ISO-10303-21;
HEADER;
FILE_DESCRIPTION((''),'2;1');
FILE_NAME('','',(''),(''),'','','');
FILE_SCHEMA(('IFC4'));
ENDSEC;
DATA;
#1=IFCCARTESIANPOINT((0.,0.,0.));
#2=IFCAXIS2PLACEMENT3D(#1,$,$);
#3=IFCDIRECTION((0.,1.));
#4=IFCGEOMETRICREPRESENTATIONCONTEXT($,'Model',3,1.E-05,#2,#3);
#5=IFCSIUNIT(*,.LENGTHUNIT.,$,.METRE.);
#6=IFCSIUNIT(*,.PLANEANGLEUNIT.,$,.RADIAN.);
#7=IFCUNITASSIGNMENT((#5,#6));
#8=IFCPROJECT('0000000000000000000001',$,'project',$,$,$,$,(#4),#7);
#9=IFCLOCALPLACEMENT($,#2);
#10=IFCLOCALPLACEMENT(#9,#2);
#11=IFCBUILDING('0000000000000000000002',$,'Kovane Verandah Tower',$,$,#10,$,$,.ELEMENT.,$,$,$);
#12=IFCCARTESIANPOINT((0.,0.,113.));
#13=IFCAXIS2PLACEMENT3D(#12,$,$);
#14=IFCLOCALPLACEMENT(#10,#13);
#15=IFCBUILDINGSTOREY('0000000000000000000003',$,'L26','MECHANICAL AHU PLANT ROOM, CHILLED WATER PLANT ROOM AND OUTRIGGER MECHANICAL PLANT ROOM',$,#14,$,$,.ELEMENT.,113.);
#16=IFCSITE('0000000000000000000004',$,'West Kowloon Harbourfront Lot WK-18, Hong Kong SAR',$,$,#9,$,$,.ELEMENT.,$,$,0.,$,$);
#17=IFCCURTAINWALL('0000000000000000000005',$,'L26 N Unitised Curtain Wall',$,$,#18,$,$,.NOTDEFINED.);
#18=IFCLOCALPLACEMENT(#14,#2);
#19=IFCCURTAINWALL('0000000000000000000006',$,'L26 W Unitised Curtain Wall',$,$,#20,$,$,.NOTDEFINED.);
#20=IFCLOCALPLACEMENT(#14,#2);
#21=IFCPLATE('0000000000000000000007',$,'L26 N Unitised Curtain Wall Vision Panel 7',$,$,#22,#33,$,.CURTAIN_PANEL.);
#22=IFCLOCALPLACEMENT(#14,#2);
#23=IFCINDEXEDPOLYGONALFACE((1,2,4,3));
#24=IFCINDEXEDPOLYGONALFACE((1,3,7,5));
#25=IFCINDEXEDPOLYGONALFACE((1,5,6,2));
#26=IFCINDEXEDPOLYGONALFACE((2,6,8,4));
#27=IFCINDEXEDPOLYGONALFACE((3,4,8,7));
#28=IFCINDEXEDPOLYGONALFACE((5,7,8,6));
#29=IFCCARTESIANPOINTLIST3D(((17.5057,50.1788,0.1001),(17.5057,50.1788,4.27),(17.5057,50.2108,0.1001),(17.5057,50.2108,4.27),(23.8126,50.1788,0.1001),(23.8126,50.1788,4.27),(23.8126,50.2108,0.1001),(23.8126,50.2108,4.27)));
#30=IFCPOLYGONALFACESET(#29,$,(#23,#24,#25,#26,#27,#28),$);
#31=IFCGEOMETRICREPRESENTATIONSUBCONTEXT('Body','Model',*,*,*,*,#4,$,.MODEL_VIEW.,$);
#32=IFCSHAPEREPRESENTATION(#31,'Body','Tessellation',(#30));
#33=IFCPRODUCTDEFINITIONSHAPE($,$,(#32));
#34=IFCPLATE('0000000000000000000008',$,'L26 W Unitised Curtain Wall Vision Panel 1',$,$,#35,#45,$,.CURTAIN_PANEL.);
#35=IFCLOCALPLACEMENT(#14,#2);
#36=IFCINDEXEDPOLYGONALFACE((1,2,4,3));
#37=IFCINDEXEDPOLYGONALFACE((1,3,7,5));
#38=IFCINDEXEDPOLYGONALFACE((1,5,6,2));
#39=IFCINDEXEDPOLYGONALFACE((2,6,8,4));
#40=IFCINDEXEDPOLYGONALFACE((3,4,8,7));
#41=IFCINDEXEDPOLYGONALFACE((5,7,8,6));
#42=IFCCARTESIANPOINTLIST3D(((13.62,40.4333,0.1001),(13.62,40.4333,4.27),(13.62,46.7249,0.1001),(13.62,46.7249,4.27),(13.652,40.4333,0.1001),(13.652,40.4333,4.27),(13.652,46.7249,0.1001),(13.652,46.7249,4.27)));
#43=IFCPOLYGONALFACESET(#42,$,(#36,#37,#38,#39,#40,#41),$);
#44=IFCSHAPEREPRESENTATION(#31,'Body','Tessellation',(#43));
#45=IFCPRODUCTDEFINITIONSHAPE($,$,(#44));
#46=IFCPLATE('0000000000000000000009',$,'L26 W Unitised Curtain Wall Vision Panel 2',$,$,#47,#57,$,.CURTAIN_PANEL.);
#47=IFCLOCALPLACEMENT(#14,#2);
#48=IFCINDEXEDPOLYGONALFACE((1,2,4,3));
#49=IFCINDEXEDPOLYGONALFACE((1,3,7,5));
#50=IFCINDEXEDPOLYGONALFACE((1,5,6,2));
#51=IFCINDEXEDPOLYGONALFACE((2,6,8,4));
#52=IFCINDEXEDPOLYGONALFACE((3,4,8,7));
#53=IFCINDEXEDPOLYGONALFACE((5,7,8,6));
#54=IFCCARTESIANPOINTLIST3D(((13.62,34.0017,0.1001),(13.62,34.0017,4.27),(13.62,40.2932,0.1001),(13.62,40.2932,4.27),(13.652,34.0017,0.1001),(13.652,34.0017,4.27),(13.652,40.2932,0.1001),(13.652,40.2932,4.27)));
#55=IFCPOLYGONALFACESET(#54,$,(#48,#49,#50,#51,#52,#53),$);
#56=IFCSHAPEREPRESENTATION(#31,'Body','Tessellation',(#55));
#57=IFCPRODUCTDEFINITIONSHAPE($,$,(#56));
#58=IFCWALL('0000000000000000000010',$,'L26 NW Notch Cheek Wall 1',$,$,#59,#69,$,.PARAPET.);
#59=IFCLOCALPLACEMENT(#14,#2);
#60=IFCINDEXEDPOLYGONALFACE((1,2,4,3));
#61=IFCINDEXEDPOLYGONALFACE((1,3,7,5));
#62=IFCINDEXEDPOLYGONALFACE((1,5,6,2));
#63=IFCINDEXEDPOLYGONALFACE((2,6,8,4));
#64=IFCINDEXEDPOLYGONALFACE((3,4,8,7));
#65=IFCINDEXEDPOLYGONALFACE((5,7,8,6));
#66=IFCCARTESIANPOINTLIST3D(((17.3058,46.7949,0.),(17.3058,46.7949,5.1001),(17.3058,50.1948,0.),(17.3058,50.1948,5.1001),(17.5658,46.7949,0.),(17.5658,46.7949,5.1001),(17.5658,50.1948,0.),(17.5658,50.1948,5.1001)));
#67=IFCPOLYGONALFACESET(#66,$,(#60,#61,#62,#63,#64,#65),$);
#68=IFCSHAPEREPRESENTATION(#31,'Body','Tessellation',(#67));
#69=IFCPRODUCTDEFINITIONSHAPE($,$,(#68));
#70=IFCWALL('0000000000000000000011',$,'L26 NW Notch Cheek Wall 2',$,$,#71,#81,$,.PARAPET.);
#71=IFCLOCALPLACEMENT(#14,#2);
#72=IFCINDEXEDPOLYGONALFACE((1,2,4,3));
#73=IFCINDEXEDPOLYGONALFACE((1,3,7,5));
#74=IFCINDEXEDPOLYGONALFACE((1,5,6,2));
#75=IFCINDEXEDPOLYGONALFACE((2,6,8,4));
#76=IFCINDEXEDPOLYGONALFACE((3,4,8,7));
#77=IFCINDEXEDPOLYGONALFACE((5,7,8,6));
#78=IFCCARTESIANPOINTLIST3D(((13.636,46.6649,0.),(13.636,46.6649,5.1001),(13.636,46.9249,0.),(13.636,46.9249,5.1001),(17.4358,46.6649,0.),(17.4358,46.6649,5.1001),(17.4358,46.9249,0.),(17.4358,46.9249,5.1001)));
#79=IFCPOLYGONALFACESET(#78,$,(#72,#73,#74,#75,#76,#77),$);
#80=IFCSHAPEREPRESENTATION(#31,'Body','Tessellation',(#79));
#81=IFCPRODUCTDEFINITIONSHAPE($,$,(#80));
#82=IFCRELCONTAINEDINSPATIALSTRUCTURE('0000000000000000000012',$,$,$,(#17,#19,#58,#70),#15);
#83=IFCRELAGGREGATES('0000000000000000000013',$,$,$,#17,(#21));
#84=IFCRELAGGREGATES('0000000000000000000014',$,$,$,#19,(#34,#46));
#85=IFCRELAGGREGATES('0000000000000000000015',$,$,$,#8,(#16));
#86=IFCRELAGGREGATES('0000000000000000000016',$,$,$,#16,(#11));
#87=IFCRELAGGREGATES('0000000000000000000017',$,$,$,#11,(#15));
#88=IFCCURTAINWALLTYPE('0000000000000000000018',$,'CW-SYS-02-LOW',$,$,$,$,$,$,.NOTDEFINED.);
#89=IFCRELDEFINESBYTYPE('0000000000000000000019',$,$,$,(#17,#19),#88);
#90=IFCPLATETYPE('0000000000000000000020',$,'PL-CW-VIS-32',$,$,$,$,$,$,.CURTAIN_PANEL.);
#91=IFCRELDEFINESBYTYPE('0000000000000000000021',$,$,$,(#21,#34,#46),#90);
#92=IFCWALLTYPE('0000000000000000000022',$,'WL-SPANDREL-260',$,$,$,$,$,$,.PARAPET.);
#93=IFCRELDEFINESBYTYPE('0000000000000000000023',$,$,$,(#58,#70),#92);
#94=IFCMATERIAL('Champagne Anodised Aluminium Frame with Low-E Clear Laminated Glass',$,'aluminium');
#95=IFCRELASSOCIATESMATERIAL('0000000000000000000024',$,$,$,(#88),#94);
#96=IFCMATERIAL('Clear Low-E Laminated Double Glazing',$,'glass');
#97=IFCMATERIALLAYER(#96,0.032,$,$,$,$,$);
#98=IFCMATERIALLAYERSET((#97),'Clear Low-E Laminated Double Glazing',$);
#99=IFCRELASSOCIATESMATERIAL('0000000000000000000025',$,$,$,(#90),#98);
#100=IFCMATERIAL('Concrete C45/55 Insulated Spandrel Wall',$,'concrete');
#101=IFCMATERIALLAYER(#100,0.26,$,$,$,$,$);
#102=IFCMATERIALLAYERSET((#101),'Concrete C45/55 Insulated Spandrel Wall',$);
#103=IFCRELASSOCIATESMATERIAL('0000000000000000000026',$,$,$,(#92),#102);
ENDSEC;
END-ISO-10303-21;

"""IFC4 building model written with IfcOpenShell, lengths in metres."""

from ifc_helpers import new_model, si_unit, direction, frame, frame_2d, origin, origin_2d, place, context, subcontext, project, spatial, rectangle, extrude, material, layer, layer_set, type_object, element, aggregate, save


model = new_model("IFC4")

# Units and contexts
model_context = context("Model", 3, precision=1e-05, world=origin(), true_north=direction((0.0, 1.0)))
body_context = subcontext(model_context, "Body", "Model", "MODEL_VIEW")
ifc_project = project(units=[si_unit("LENGTHUNIT", "METRE"), si_unit("PLANEANGLEUNIT", "RADIAN")], contexts=[model_context])

# Site, building, storey
site_placement = place(None, origin())
site = spatial("IfcSite", under=ifc_project, at=site_placement, Name="West Kowloon Harbourfront Lot WK-18, Hong Kong SAR", CompositionType="ELEMENT", RefElevation=0.0)
building_placement = place(site_placement, origin())
building = spatial("IfcBuilding", under=site, at=building_placement, Name="Kovane Verandah Tower", CompositionType="ELEMENT")
storey_placement = place(building_placement, frame((0.0, 0.0, 113.0)))
storey = spatial("IfcBuildingStorey", under=building, at=storey_placement, Name="L26", Description="MECHANICAL AHU PLANT ROOM, CHILLED WATER PLANT ROOM AND OUTRIGGER MECHANICAL PLANT ROOM", CompositionType="ELEMENT", Elevation=113.0)

# Curtain walls
ifc_material_1 = material(Name="Champagne Anodised Aluminium Frame with Low-E Clear Laminated Glass", Category="aluminium")
curtain_wall_type = type_object("IfcCurtainWallType", Name="CW-SYS-02-LOW", PredefinedType="NOTDEFINED", material=ifc_material_1)
curtain_wall_1_placement = place(storey_placement, origin())
curtain_wall_1 = element("IfcCurtainWall", 1, at=curtain_wall_1_placement, inside=storey, type_object=curtain_wall_type, Name="L26 N Unitised Curtain Wall", PredefinedType="NOTDEFINED")
curtain_wall_2_placement = place(storey_placement, origin())
curtain_wall_2 = element("IfcCurtainWall", 2, at=curtain_wall_2_placement, inside=storey, type_object=curtain_wall_type, Name="L26 W Unitised Curtain Wall", PredefinedType="NOTDEFINED")

# Plates
ifc_material_2 = material(Name="Clear Low-E Laminated Double Glazing", Category="glass")
ifc_layer_1 = layer(ifc_material_2, 0.032)
ifc_layer_set_1 = layer_set([ifc_layer_1], Name="Clear Low-E Laminated Double Glazing")
plate_type_1 = type_object("IfcPlateType", Name="PL-CW-VIS-32", PredefinedType="CURTAIN_PANEL", material=ifc_layer_set_1)
plate_1_placement = place(storey_placement, frame((20.6592, 50.1948, 0.1001), z_axis=(0.0, 0.0, 1.0), x_axis=(-1.0, 0.0, 0.0)))
plate_1 = element("IfcPlate", 3, at=plate_1_placement, type_object=plate_type_1, Name="L26 N Unitised Curtain Wall Vision Panel 7", PredefinedType="CURTAIN_PANEL", context=body_context, shape_type="SweptSolid", body=[
    extrude(rectangle(XDim=6.3069, YDim=0.032, at=origin_2d()), origin(), (0.0, 0.0, 1.0), 4.1699),
])
aggregate(curtain_wall_1, [plate_1])
plate_2_placement = place(storey_placement, frame((13.636, 43.5791, 0.1001), z_axis=(0.0, 0.0, 1.0), x_axis=(0.0, -1.0, 0.0)))
plate_2 = element("IfcPlate", 4, at=plate_2_placement, type_object=plate_type_1, Name="L26 W Unitised Curtain Wall Vision Panel 1", PredefinedType="CURTAIN_PANEL", context=body_context, shape_type="SweptSolid", body=[
    extrude(rectangle(XDim=6.2915, YDim=0.032, at=origin_2d()), origin(), (0.0, 0.0, 1.0), 4.1699),
])
plate_3_placement = place(storey_placement, frame((13.636, 37.1475, 0.1001), z_axis=(0.0, 0.0, 1.0), x_axis=(0.0, -1.0, 0.0)))
plate_3 = element("IfcPlate", 5, at=plate_3_placement, type_object=plate_type_1, Name="L26 W Unitised Curtain Wall Vision Panel 2", PredefinedType="CURTAIN_PANEL", context=body_context, shape_type="SweptSolid", body=[
    extrude(rectangle(XDim=6.2915, YDim=0.032, at=origin_2d()), origin(), (0.0, 0.0, 1.0), 4.1699),
])
aggregate(curtain_wall_2, [plate_2, plate_3])

# Walls
ifc_material_3 = material(Name="Concrete C45/55 Insulated Spandrel Wall", Category="concrete")
ifc_layer_2 = layer(ifc_material_3, 0.26)
ifc_layer_set_2 = layer_set([ifc_layer_2], Name="Concrete C45/55 Insulated Spandrel Wall")
wall_type = type_object("IfcWallType", Name="WL-SPANDREL-260", PredefinedType="PARAPET", material=ifc_layer_set_2)
wall_1_placement = place(storey_placement, frame((17.4358, 50.1948, 0.0), z_axis=(0.0, 0.0, 1.0), x_axis=(0.0, -1.0, 0.0)))
element("IfcWall", 6, at=wall_1_placement, inside=storey, type_object=wall_type, Name="L26 NW Notch Cheek Wall 1", PredefinedType="PARAPET", context=body_context, shape_type="SweptSolid", body=[
    extrude(rectangle(XDim=3.3999, YDim=0.26, at=frame_2d((1.7, 0.0))), origin(), (0.0, 0.0, 1.0), 5.1001),
])
wall_2_placement = place(storey_placement, frame((17.4358, 46.7949, 0.0), z_axis=(0.0, 0.0, 1.0), x_axis=(-1.0, 0.0, 0.0)))
element("IfcWall", 7, at=wall_2_placement, inside=storey, type_object=wall_type, Name="L26 NW Notch Cheek Wall 2", PredefinedType="PARAPET", context=body_context, shape_type="SweptSolid", body=[
    extrude(rectangle(XDim=3.7998, YDim=0.26, at=frame_2d((1.8999, 0.0))), origin(), (0.0, 0.0, 1.0), 5.1001),
])

save(model, "model.ifc")
